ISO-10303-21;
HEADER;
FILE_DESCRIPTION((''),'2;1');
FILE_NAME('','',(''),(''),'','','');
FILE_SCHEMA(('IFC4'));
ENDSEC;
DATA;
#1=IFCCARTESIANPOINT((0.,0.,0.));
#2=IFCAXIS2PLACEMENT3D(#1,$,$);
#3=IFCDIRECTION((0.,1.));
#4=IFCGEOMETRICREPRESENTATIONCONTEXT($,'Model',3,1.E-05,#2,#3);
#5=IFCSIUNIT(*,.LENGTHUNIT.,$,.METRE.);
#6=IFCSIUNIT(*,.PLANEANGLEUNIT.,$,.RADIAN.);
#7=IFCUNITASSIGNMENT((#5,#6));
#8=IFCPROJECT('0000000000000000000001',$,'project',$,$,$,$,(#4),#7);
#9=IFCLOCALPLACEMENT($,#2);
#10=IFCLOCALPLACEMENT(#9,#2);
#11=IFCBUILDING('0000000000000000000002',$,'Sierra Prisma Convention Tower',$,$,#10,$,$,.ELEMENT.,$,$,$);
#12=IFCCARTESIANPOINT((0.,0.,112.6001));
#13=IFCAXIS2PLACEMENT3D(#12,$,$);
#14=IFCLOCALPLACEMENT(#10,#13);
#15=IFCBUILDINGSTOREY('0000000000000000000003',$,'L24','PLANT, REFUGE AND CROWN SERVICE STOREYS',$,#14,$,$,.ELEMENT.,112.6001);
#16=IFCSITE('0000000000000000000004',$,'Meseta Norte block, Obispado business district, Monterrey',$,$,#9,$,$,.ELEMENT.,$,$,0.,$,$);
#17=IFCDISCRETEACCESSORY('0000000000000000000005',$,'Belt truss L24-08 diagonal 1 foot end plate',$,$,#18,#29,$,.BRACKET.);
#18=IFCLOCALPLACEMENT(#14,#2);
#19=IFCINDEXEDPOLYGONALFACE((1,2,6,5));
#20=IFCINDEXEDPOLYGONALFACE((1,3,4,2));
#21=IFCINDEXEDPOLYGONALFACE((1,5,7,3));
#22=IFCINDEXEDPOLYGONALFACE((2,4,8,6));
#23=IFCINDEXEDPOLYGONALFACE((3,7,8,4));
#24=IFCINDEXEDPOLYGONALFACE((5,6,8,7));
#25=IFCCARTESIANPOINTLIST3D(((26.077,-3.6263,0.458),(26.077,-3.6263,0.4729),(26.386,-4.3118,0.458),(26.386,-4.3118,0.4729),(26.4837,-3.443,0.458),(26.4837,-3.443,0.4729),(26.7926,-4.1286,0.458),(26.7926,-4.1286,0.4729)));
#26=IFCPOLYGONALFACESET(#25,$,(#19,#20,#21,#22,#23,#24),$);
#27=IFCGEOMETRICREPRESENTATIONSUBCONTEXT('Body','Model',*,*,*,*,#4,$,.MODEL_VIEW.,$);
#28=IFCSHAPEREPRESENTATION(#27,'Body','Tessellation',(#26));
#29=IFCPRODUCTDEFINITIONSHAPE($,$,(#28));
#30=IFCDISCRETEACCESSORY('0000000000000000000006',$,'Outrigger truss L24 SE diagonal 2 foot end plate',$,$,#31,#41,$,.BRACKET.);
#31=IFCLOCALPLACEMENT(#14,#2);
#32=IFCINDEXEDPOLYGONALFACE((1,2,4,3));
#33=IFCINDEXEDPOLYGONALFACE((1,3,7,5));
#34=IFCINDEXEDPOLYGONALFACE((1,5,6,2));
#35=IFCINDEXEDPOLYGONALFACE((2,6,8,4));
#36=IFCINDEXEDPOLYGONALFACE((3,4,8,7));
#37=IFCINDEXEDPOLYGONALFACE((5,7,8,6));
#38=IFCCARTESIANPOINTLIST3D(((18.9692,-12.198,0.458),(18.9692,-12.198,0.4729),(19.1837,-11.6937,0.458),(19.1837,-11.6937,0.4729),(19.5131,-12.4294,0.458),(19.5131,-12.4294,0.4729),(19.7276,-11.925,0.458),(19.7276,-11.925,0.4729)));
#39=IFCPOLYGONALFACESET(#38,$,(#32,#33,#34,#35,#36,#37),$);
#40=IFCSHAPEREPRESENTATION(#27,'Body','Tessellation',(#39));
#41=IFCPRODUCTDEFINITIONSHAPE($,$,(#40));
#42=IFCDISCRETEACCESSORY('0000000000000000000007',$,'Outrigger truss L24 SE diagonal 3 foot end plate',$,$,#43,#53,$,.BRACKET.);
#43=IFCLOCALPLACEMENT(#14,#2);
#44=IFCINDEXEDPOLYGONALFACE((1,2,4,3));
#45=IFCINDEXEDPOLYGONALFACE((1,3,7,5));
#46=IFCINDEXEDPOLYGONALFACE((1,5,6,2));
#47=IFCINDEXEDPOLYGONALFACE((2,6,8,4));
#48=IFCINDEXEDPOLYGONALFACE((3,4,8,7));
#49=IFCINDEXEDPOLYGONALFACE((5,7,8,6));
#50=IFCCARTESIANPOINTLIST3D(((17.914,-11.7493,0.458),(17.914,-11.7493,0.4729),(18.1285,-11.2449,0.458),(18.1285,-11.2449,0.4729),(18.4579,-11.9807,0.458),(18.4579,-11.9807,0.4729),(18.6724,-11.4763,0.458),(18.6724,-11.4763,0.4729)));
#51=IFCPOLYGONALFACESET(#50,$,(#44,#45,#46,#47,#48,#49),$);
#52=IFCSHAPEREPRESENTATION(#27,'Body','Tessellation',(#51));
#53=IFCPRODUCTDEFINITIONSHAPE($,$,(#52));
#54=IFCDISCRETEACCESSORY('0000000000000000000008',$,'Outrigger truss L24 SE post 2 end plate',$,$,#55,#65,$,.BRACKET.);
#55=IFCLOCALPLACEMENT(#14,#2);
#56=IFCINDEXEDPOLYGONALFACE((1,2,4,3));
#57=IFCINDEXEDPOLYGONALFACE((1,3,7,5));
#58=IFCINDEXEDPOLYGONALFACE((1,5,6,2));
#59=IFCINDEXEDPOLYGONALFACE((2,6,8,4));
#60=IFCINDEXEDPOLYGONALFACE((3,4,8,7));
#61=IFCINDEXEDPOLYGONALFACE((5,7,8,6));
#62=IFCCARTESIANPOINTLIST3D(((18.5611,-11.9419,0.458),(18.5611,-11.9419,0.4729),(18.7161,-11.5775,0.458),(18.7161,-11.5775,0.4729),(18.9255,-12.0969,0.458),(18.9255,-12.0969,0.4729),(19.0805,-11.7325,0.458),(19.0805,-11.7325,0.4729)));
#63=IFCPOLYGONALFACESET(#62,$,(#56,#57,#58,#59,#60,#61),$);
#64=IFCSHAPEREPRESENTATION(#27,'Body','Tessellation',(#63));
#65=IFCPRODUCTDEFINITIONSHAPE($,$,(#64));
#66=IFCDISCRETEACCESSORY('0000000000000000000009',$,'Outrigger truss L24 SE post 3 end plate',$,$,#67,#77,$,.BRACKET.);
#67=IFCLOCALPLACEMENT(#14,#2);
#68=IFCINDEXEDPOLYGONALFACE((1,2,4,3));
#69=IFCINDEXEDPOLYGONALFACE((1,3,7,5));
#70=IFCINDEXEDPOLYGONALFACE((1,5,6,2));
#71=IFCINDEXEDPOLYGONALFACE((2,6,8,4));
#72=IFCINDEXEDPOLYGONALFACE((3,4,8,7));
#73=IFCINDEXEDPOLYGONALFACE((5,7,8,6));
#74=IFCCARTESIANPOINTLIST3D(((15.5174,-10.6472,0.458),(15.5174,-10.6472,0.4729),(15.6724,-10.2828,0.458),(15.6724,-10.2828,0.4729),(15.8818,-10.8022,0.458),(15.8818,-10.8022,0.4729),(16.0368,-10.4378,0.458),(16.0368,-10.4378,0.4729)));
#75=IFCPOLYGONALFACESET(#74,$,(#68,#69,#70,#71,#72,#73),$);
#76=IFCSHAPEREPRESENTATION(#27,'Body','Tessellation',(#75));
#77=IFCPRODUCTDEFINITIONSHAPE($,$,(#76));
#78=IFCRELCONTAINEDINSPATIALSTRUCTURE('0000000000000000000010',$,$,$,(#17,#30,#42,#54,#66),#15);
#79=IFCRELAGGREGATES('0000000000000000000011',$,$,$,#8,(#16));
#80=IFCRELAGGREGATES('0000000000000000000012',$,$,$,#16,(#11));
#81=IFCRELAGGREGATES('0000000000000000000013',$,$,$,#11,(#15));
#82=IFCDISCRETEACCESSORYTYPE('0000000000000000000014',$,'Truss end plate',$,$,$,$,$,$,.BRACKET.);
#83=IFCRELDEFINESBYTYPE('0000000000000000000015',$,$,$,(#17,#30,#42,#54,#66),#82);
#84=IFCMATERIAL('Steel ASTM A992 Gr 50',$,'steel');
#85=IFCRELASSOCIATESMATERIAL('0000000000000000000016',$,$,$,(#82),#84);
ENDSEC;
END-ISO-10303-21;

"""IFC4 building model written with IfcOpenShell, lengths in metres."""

from ifc_helpers import new_model, si_unit, direction, frame, origin, origin_2d, place, context, subcontext, project, spatial, rectangle, extrude, material, type_object, element, save


model = new_model("IFC4")

# Units and contexts
model_context = context("Model", 3, precision=1e-05, world=origin(), true_north=direction((0.0, 1.0)))
body_context = subcontext(model_context, "Body", "Model", "MODEL_VIEW")
ifc_project = project(units=[si_unit("LENGTHUNIT", "METRE"), si_unit("PLANEANGLEUNIT", "RADIAN")], contexts=[model_context])

# Site, building, storey
site_placement = place(None, origin())
site = spatial("IfcSite", under=ifc_project, at=site_placement, Name="Meseta Norte block, Obispado business district, Monterrey", CompositionType="ELEMENT", RefElevation=0.0)
building_placement = place(site_placement, origin())
building = spatial("IfcBuilding", under=site, at=building_placement, Name="Sierra Prisma Convention Tower", CompositionType="ELEMENT")
storey_placement = place(building_placement, frame((0.0, 0.0, 112.6001)))
storey = spatial("IfcBuildingStorey", under=building, at=storey_placement, Name="L24", Description="PLANT, REFUGE AND CROWN SERVICE STOREYS", CompositionType="ELEMENT", Elevation=112.6001)

# Discrete accessories
ifc_material_1 = material(Name="Steel ASTM A992 Gr 50", Category="steel")
discrete_accessory_type = type_object("IfcDiscreteAccessoryType", Name="Truss end plate", PredefinedType="BRACKET", material=ifc_material_1)
discrete_accessory_1_placement = place(storey_placement, frame((26.4348, -3.8774, 0.458), z_axis=(0.0, 0.0, 1.0), x_axis=(-0.41086, 0.911698, 0.0)))
element("IfcDiscreteAccessory", 1, at=discrete_accessory_1_placement, inside=storey, type_object=discrete_accessory_type, Name="Belt truss L24-08 diagonal 1 foot end plate", PredefinedType="BRACKET", context=body_context, shape_type="SweptSolid", body=[
    extrude(rectangle(XDim=0.752, YDim=0.446, at=origin_2d()), origin(), (0.0, 0.0, 1.0), 0.0149),
])
for number, where, z_axis, x_axis, name in (
    (2, (19.3484, -12.0615, 0.458), (0.0, 0.0, 1.0), (-0.920213, 0.391419, 0.0), "Outrigger truss L24 SE diagonal 2 foot end plate"),
    (3, (18.2932, -11.6128, 0.458), (0.0, 0.0, 1.0), (-0.920213, 0.391419, 0.0), "Outrigger truss L24 SE diagonal 3 foot end plate"),
):
    element("IfcDiscreteAccessory", number, at=place(storey_placement, frame(where, z_axis=z_axis, x_axis=x_axis)), inside=storey, type_object=discrete_accessory_type, Name=name, PredefinedType="BRACKET", context=body_context, shape_type="SweptSolid", body=[
        extrude(rectangle(XDim=0.5911, YDim=0.5481, at=origin_2d()), origin(), (0.0, 0.0, 1.0), 0.0149),
    ])
for number, where, z_axis, x_axis, name in (
    (4, (18.8208, -11.8372, 0.458), (0.0, 0.0, 1.0), (-0.920213, 0.391419, 0.0), "Outrigger truss L24 SE post 2 end plate"),
    (5, (15.7771, -10.5425, 0.458), (0.0, 0.0, 1.0), (-0.920213, 0.391419, 0.0), "Outrigger truss L24 SE post 3 end plate"),
):
    element("IfcDiscreteAccessory", number, at=place(storey_placement, frame(where, z_axis=z_axis, x_axis=x_axis)), inside=storey, type_object=discrete_accessory_type, Name=name, PredefinedType="BRACKET", context=body_context, shape_type="SweptSolid", body=[
        extrude(rectangle(XDim=0.396, YDim=0.396, at=origin_2d()), origin(), (0.0, 0.0, 1.0), 0.0149),
    ])

save(model, "model.ifc")
